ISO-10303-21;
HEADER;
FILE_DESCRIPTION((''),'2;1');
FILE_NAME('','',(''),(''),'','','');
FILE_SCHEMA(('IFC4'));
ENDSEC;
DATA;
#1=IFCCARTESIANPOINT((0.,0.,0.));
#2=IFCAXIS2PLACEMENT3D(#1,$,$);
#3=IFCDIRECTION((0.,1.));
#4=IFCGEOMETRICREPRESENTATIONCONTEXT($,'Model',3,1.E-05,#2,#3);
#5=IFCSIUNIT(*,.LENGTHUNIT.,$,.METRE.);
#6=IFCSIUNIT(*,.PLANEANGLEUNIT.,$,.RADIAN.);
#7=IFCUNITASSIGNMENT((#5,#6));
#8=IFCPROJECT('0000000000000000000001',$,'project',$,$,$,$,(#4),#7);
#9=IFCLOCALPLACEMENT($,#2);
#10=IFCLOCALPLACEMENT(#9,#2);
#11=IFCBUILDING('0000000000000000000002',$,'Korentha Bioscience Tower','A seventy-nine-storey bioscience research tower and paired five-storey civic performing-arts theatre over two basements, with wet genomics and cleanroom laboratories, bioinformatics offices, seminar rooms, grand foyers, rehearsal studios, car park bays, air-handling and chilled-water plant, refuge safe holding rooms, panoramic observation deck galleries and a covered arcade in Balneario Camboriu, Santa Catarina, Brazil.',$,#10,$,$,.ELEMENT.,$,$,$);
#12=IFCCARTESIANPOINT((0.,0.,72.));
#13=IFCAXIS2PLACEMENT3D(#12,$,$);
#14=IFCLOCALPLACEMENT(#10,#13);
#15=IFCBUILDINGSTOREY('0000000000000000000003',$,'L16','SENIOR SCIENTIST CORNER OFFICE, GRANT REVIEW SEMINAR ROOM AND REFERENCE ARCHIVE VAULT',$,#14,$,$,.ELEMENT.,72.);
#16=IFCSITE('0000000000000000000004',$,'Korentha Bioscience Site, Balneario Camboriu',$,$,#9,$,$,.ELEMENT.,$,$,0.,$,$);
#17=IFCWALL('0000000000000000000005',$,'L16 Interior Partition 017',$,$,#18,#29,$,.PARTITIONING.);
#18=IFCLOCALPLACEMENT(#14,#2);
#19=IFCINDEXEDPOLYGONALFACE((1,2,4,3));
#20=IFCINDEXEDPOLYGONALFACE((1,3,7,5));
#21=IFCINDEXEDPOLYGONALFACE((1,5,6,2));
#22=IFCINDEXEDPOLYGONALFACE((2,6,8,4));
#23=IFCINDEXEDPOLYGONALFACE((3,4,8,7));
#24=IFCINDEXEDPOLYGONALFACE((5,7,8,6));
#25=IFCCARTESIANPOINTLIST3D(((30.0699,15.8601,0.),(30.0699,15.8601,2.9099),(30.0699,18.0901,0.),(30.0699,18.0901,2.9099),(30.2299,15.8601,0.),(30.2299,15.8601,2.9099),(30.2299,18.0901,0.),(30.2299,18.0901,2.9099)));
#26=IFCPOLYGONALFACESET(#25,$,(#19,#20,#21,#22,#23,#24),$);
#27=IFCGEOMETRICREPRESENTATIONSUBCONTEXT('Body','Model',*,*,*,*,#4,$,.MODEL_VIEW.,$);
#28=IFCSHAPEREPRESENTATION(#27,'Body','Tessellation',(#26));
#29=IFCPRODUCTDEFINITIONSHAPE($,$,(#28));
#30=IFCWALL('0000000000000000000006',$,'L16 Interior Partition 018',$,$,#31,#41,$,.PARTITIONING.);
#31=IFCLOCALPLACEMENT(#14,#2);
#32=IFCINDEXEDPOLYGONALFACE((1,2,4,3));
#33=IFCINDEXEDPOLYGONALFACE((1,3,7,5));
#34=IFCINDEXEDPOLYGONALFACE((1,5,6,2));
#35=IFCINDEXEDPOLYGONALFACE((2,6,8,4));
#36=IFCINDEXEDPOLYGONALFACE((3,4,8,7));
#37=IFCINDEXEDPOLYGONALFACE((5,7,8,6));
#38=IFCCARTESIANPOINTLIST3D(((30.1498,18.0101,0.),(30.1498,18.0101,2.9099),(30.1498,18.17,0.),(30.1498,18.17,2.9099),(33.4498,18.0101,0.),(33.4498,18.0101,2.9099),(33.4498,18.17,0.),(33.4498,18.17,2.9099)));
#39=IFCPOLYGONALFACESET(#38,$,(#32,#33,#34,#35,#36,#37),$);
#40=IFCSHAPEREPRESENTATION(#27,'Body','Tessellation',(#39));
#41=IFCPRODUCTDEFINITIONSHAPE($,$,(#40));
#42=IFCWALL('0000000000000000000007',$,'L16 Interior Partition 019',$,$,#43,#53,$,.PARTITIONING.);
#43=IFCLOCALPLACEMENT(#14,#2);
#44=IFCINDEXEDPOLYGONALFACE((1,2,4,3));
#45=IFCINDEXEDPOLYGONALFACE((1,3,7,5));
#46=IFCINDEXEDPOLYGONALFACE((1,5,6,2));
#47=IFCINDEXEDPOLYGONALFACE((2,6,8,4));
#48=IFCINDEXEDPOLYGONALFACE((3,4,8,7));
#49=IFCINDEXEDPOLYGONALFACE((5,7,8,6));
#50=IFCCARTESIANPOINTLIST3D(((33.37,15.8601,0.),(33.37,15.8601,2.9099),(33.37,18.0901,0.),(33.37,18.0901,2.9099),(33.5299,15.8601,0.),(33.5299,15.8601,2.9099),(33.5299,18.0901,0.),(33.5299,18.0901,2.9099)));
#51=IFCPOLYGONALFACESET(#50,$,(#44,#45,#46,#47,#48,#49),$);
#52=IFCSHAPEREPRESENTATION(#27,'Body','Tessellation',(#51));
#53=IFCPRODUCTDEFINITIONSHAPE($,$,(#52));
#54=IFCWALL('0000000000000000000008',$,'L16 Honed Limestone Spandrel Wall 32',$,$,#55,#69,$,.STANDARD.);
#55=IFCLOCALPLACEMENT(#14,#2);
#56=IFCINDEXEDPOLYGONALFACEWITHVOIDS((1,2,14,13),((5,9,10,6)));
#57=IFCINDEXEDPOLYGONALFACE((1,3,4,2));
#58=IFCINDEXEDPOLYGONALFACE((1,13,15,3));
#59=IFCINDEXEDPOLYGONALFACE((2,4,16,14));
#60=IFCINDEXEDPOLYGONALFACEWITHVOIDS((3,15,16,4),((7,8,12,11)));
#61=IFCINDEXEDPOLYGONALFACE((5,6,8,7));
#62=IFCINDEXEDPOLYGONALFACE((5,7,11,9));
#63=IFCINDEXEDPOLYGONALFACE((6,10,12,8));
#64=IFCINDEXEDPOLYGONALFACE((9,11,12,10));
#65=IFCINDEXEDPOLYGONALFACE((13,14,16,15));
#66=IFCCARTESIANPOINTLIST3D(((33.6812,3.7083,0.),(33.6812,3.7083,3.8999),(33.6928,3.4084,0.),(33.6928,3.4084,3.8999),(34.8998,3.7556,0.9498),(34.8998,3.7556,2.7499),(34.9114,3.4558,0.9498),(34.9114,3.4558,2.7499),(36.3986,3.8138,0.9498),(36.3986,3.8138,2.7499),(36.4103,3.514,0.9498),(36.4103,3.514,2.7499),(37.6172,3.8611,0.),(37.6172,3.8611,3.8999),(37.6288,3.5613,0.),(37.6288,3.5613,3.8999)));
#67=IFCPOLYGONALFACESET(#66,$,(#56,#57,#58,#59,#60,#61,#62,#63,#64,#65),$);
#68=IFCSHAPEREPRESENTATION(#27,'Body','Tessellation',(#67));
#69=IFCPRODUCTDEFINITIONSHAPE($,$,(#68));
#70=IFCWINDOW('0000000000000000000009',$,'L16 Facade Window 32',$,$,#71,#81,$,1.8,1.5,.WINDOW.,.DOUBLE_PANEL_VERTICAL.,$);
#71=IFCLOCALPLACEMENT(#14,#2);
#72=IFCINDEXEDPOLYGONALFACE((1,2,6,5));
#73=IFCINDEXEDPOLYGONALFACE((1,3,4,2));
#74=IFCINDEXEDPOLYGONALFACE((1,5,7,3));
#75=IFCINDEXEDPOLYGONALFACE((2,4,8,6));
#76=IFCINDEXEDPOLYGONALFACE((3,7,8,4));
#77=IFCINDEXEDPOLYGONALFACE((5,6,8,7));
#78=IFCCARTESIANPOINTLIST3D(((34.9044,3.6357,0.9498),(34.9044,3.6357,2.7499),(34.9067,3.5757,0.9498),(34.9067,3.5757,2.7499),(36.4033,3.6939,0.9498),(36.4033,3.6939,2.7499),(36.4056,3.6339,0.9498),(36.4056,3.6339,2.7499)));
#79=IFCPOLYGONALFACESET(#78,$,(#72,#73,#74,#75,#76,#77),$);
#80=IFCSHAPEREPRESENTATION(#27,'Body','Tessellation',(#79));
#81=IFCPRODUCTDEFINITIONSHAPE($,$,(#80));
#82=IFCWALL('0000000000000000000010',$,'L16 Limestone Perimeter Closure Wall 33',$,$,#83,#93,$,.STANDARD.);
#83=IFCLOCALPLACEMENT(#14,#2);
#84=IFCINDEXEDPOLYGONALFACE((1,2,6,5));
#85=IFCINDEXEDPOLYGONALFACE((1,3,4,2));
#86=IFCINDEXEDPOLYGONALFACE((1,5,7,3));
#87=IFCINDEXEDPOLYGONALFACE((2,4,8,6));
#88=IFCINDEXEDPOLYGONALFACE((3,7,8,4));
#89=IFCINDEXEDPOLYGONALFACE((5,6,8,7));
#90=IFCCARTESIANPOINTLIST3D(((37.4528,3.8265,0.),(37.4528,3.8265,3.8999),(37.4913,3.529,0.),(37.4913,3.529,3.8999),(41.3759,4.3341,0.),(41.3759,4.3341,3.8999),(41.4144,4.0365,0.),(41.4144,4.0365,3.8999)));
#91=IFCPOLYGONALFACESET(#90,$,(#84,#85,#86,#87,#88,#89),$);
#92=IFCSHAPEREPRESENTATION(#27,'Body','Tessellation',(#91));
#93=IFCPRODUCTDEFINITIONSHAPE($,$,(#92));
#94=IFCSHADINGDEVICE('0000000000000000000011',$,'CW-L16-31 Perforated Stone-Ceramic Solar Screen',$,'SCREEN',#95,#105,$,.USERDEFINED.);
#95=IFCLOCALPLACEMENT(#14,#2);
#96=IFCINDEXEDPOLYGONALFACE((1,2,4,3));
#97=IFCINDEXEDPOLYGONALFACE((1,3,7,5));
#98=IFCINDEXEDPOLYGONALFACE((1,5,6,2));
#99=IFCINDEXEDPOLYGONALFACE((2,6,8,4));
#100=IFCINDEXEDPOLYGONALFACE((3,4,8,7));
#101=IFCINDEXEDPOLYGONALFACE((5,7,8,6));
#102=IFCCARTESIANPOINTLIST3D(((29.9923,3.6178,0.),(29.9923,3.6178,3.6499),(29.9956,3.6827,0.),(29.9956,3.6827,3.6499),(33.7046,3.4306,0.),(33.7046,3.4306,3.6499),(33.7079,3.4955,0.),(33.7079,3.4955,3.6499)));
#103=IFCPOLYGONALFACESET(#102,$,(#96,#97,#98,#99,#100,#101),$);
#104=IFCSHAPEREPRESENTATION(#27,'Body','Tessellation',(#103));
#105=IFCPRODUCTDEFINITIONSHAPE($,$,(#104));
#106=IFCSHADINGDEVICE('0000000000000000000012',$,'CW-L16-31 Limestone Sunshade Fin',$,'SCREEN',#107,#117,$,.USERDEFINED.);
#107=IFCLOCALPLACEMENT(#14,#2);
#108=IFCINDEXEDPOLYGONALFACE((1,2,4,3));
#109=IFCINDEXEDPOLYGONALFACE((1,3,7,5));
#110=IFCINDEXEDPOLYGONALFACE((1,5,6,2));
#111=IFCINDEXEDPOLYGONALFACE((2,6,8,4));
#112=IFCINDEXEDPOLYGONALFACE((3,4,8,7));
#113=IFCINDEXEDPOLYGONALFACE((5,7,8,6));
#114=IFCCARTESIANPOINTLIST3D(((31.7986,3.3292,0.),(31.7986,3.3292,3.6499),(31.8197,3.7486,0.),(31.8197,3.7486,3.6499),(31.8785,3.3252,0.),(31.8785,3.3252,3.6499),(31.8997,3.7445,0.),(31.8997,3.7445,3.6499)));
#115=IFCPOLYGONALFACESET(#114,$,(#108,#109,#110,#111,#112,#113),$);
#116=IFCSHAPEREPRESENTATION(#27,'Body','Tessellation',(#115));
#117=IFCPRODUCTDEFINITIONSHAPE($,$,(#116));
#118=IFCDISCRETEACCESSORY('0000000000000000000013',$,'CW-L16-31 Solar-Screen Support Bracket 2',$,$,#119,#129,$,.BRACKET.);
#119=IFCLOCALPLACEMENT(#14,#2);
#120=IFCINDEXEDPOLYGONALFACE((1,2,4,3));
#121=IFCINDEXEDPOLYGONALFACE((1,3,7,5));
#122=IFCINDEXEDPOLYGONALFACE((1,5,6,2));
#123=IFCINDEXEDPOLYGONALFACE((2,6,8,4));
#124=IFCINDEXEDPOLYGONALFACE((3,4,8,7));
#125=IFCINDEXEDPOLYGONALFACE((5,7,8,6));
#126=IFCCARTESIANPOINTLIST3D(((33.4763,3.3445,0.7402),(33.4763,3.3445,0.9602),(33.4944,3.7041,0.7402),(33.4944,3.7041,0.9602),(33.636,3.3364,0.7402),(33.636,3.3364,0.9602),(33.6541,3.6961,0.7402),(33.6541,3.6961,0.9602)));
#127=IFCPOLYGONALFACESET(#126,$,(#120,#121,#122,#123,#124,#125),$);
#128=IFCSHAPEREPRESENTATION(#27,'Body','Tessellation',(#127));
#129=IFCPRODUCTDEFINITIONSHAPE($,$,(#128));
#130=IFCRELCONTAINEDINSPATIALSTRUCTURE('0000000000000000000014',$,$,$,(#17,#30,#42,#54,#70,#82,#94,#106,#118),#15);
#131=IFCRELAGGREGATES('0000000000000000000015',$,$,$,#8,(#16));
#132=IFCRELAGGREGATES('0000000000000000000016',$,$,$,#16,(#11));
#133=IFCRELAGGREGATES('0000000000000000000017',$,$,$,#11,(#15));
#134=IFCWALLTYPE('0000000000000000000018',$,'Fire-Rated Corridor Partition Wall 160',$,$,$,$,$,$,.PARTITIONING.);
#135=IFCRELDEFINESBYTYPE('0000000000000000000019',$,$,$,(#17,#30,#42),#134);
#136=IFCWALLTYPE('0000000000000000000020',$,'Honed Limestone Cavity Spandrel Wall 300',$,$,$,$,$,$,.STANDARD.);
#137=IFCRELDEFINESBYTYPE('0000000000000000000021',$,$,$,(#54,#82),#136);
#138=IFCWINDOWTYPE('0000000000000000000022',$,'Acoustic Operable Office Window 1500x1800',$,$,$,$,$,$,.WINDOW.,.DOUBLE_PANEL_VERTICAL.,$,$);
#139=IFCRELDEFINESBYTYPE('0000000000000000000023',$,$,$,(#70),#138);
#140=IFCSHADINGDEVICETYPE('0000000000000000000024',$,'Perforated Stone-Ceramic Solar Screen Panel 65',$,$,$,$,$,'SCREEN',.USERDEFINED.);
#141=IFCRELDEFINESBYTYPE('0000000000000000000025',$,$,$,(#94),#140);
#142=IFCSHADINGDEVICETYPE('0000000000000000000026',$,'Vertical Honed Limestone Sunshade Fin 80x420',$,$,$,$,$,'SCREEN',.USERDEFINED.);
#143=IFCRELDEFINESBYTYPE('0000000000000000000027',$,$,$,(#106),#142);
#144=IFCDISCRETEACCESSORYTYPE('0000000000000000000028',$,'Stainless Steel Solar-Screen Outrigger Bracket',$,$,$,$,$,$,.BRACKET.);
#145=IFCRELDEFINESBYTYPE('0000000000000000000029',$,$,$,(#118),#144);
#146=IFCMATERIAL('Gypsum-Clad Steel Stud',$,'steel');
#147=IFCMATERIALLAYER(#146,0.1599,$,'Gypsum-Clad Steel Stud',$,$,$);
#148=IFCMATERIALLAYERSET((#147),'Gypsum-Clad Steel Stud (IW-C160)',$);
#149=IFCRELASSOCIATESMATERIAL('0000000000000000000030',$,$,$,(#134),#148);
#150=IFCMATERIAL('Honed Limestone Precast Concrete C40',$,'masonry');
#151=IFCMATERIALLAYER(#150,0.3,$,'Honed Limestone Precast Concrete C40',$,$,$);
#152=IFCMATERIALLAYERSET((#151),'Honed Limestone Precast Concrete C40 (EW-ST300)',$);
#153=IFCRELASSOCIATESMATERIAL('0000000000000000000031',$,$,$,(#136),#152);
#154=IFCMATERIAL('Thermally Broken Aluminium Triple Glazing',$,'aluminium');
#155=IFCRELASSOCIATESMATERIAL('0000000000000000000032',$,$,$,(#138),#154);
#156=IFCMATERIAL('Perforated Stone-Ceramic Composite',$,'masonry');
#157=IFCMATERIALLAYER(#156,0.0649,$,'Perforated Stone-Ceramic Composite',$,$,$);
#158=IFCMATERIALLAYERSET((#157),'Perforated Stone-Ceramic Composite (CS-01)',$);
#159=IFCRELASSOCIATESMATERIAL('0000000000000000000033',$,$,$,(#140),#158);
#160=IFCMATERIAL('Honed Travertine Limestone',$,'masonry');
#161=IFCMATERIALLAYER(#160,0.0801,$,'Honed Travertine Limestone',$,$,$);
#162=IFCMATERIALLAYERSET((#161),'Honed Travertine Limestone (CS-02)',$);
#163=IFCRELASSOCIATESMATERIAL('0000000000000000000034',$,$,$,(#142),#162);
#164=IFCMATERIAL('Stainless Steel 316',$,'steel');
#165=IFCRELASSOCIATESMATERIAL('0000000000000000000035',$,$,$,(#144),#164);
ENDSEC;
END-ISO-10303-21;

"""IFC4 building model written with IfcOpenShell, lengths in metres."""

from ifc_helpers import new_model, si_unit, direction, frame, frame_2d, origin, origin_2d, place, context, subcontext, project, spatial, rectangle, extrude, material, layer, layer_set, type_object, element, fill, save


model = new_model("IFC4")

# Units and contexts
model_context = context("Model", 3, precision=1e-05, world=origin(), true_north=direction((0.0, 1.0)))
body_context = subcontext(model_context, "Body", "Model", "MODEL_VIEW")
ifc_project = project(units=[si_unit("LENGTHUNIT", "METRE"), si_unit("PLANEANGLEUNIT", "RADIAN")], contexts=[model_context])

# Site, building, storey
site_placement = place(None, origin())
site = spatial("IfcSite", under=ifc_project, at=site_placement, Name="Korentha Bioscience Site, Balneario Camboriu", CompositionType="ELEMENT", RefElevation=0.0)
building_placement = place(site_placement, origin())
building = spatial("IfcBuilding", under=site, at=building_placement, Name="Korentha Bioscience Tower", Description="A seventy-nine-storey bioscience research tower and paired five-storey civic performing-arts theatre over two basements, with wet genomics and cleanroom laboratories, bioinformatics offices, seminar rooms, grand foyers, rehearsal studios, car park bays, air-handling and chilled-water plant, refuge safe holding rooms, panoramic observation deck galleries and a covered arcade in Balneario Camboriu, Santa Catarina, Brazil.", CompositionType="ELEMENT")
storey_placement = place(building_placement, frame((0.0, 0.0, 72.0)))
storey = spatial("IfcBuildingStorey", under=building, at=storey_placement, Name="L16", Description="SENIOR SCIENTIST CORNER OFFICE, GRANT REVIEW SEMINAR ROOM AND REFERENCE ARCHIVE VAULT", CompositionType="ELEMENT", Elevation=72.0)

# Shared definitions
ifc_material_1 = material(Name="Gypsum-Clad Steel Stud", Category="steel")
ifc_layer_1 = layer(ifc_material_1, 0.1599, Name="Gypsum-Clad Steel Stud")
ifc_layer_set_1 = layer_set([ifc_layer_1], Name="Gypsum-Clad Steel Stud (IW-C160)")
wall_type_1 = type_object("IfcWallType", Name="Fire-Rated Corridor Partition Wall 160", PredefinedType="PARTITIONING", material=ifc_layer_set_1)

# Walls
wall_1_placement = place(storey_placement, frame((30.1499, 15.8601, 0.0), z_axis=(0.0, 0.0, 1.0), x_axis=(0.0, 1.0, 0.0)))
element("IfcWall", 1, at=wall_1_placement, inside=storey, type_object=wall_type_1, Name="L16 Interior Partition 017", PredefinedType="PARTITIONING", context=body_context, shape_type="SweptSolid", body=[
    extrude(rectangle(XDim=2.23, YDim=0.1599, at=frame_2d((1.115, 0.0))), origin(), (0.0, 0.0, 1.0), 2.9099),
])
wall_2_placement = place(storey_placement, frame((30.1499, 18.0901, 0.0), z_axis=(0.0, 0.0, 1.0), x_axis=(1.0, 0.0, 0.0)))
element("IfcWall", 2, at=wall_2_placement, inside=storey, type_object=wall_type_1, Name="L16 Interior Partition 018", PredefinedType="PARTITIONING", context=body_context, shape_type="SweptSolid", body=[
    extrude(rectangle(XDim=3.3, YDim=0.1599, at=frame_2d((1.6499, 0.0))), origin(), (0.0, 0.0, 1.0), 2.9099),
])
wall_3_placement = place(storey_placement, frame((33.45, 18.0901, 0.0), z_axis=(0.0, 0.0, 1.0), x_axis=(0.0, -1.0, 0.0)))
element("IfcWall", 3, at=wall_3_placement, inside=storey, type_object=wall_type_1, Name="L16 Interior Partition 019", PredefinedType="PARTITIONING", context=body_context, shape_type="SweptSolid", body=[
    extrude(rectangle(XDim=2.23, YDim=0.1599, at=frame_2d((1.115, 0.0))), origin(), (0.0, 0.0, 1.0), 2.9099),
])

# Wall, opening, window
ifc_material_2 = material(Name="Honed Limestone Precast Concrete C40", Category="masonry")
ifc_layer_2 = layer(ifc_material_2, 0.3, Name="Honed Limestone Precast Concrete C40")
ifc_layer_set_2 = layer_set([ifc_layer_2], Name="Honed Limestone Precast Concrete C40 (EW-ST300)")
wall_type_2 = type_object("IfcWallType", Name="Honed Limestone Cavity Spandrel Wall 300", PredefinedType="STANDARD", material=ifc_layer_set_2)
wall_4_placement = place(storey_placement, frame((33.687, 3.5583, 0.0), z_axis=(0.0, 0.0, 1.0), x_axis=(0.999247, 0.0388, 0.0)))
wall_4 = element("IfcWall", 4, at=wall_4_placement, inside=storey, type_object=wall_type_2, Name="L16 Honed Limestone Spandrel Wall 32", PredefinedType="STANDARD", context=body_context, shape_type="SweptSolid", body=[
    extrude(rectangle(XDim=3.939, YDim=0.3, at=frame_2d((1.9695, 0.0))), origin(), (0.0, 0.0, 1.0), 3.8999),
])
opening_1_placement = place(wall_4_placement, frame((1.2195, 0.0, 0.95)))
opening_1 = element("IfcOpeningElement", 5, at=opening_1_placement, cuts=wall_4, PredefinedType="OPENING", context=body_context, shape_type="SweptSolid", body=[
    extrude(rectangle(XDim=1.5, YDim=1.8, at=frame_2d((0.75, 0.8999))), frame((0.0, 0.165, 0.0), z_axis=(0.0, -1.0, 0.0), x_axis=(1.0, 0.0, 0.0)), (0.0, 0.0, 1.0), 0.3298),
])
ifc_material_3 = material(Name="Thermally Broken Aluminium Triple Glazing", Category="aluminium")
window_type = type_object("IfcWindowType", Name="Acoustic Operable Office Window 1500x1800", PartitioningType="DOUBLE_PANEL_VERTICAL", PredefinedType="WINDOW", material=ifc_material_3)
window_placement = place(opening_1_placement, origin())
window = element("IfcWindow", 6, at=window_placement, inside=storey, type_object=window_type, Name="L16 Facade Window 32", OverallHeight=1.8, OverallWidth=1.5, PartitioningType="DOUBLE_PANEL_VERTICAL", PredefinedType="WINDOW", context=body_context, shape_type="SweptSolid", body=[
    extrude(rectangle(XDim=1.5, YDim=1.8, at=frame_2d((0.75, 0.8999))), frame((0.0, 0.03, 0.0), z_axis=(0.0, -1.0, 0.0), x_axis=(1.0, 0.0, 0.0)), (0.0, 0.0, 1.0), 0.0601),
])
fill(opening_1, window)

# Wall
wall_5_placement = place(storey_placement, frame((37.4719, 3.6777, 0.0), z_axis=(0.0, 0.0, 1.0), x_axis=(0.991734, 0.12831, 0.0)))
element("IfcWall", 7, at=wall_5_placement, inside=storey, type_object=wall_type_2, Name="L16 Limestone Perimeter Closure Wall 33", PredefinedType="STANDARD", context=body_context, shape_type="SweptSolid", body=[
    extrude(rectangle(XDim=3.9558, YDim=0.3, at=frame_2d((1.978, 0.0))), origin(), (0.0, 0.0, 1.0), 3.8999),
])

# Shading devices
ifc_material_4 = material(Name="Perforated Stone-Ceramic Composite", Category="masonry")
ifc_layer_3 = layer(ifc_material_4, 0.0649, Name="Perforated Stone-Ceramic Composite")
ifc_layer_set_3 = layer_set([ifc_layer_3], Name="Perforated Stone-Ceramic Composite (CS-01)")
shading_device_type_1 = type_object("IfcShadingDeviceType", Name="Perforated Stone-Ceramic Solar Screen Panel 65", ElementType="SCREEN", PredefinedType="USERDEFINED", material=ifc_layer_set_3)
shading_device_1_placement = place(storey_placement, frame((31.8501, 3.5566, 0.0), z_axis=(0.0, 0.0, 1.0), x_axis=(0.998731, -0.050371, 0.0)))
element("IfcShadingDevice", 8, at=shading_device_1_placement, inside=storey, type_object=shading_device_type_1, Name="CW-L16-31 Perforated Stone-Ceramic Solar Screen", ObjectType="SCREEN", PredefinedType="USERDEFINED", context=body_context, shape_type="SweptSolid", body=[
    extrude(rectangle(XDim=3.717, YDim=0.0649, at=origin_2d()), origin(), (0.0, 0.0, 1.0), 3.6499),
])
ifc_material_5 = material(Name="Honed Travertine Limestone", Category="masonry")
ifc_layer_4 = layer(ifc_material_5, 0.0801, Name="Honed Travertine Limestone")
ifc_layer_set_4 = layer_set([ifc_layer_4], Name="Honed Travertine Limestone (CS-02)")
shading_device_type_2 = type_object("IfcShadingDeviceType", Name="Vertical Honed Limestone Sunshade Fin 80x420", ElementType="SCREEN", PredefinedType="USERDEFINED", material=ifc_layer_set_4)
shading_device_2_placement = place(storey_placement, frame((31.8491, 3.5369, 0.0), z_axis=(0.0, 0.0, 1.0), x_axis=(0.998731, -0.050371, 0.0)))
element("IfcShadingDevice", 9, at=shading_device_2_placement, inside=storey, type_object=shading_device_type_2, Name="CW-L16-31 Limestone Sunshade Fin", ObjectType="SCREEN", PredefinedType="USERDEFINED", context=body_context, shape_type="SweptSolid", body=[
    extrude(rectangle(XDim=0.0801, YDim=0.4199, at=origin_2d()), origin(), (0.0, 0.0, 1.0), 3.6499),
])

# Discrete accessory
ifc_material_6 = material(Name="Stainless Steel 316", Category="steel")
discrete_accessory_type = type_object("IfcDiscreteAccessoryType", Name="Stainless Steel Solar-Screen Outrigger Bracket", PredefinedType="BRACKET", material=ifc_material_6)
discrete_accessory_placement = place(storey_placement, frame((33.5652, 3.5203, 0.7402), z_axis=(0.0, 0.0, 1.0), x_axis=(0.998731, -0.050371, 0.0)))
element("IfcDiscreteAccessory", 10, at=discrete_accessory_placement, inside=storey, type_object=discrete_accessory_type, Name="CW-L16-31 Solar-Screen Support Bracket 2", PredefinedType="BRACKET", context=body_context, shape_type="SweptSolid", body=[
    extrude(rectangle(XDim=0.1599, YDim=0.3601, at=origin_2d()), origin(), (0.0, 0.0, 1.0), 0.22),
])

save(model, "model.ifc")
